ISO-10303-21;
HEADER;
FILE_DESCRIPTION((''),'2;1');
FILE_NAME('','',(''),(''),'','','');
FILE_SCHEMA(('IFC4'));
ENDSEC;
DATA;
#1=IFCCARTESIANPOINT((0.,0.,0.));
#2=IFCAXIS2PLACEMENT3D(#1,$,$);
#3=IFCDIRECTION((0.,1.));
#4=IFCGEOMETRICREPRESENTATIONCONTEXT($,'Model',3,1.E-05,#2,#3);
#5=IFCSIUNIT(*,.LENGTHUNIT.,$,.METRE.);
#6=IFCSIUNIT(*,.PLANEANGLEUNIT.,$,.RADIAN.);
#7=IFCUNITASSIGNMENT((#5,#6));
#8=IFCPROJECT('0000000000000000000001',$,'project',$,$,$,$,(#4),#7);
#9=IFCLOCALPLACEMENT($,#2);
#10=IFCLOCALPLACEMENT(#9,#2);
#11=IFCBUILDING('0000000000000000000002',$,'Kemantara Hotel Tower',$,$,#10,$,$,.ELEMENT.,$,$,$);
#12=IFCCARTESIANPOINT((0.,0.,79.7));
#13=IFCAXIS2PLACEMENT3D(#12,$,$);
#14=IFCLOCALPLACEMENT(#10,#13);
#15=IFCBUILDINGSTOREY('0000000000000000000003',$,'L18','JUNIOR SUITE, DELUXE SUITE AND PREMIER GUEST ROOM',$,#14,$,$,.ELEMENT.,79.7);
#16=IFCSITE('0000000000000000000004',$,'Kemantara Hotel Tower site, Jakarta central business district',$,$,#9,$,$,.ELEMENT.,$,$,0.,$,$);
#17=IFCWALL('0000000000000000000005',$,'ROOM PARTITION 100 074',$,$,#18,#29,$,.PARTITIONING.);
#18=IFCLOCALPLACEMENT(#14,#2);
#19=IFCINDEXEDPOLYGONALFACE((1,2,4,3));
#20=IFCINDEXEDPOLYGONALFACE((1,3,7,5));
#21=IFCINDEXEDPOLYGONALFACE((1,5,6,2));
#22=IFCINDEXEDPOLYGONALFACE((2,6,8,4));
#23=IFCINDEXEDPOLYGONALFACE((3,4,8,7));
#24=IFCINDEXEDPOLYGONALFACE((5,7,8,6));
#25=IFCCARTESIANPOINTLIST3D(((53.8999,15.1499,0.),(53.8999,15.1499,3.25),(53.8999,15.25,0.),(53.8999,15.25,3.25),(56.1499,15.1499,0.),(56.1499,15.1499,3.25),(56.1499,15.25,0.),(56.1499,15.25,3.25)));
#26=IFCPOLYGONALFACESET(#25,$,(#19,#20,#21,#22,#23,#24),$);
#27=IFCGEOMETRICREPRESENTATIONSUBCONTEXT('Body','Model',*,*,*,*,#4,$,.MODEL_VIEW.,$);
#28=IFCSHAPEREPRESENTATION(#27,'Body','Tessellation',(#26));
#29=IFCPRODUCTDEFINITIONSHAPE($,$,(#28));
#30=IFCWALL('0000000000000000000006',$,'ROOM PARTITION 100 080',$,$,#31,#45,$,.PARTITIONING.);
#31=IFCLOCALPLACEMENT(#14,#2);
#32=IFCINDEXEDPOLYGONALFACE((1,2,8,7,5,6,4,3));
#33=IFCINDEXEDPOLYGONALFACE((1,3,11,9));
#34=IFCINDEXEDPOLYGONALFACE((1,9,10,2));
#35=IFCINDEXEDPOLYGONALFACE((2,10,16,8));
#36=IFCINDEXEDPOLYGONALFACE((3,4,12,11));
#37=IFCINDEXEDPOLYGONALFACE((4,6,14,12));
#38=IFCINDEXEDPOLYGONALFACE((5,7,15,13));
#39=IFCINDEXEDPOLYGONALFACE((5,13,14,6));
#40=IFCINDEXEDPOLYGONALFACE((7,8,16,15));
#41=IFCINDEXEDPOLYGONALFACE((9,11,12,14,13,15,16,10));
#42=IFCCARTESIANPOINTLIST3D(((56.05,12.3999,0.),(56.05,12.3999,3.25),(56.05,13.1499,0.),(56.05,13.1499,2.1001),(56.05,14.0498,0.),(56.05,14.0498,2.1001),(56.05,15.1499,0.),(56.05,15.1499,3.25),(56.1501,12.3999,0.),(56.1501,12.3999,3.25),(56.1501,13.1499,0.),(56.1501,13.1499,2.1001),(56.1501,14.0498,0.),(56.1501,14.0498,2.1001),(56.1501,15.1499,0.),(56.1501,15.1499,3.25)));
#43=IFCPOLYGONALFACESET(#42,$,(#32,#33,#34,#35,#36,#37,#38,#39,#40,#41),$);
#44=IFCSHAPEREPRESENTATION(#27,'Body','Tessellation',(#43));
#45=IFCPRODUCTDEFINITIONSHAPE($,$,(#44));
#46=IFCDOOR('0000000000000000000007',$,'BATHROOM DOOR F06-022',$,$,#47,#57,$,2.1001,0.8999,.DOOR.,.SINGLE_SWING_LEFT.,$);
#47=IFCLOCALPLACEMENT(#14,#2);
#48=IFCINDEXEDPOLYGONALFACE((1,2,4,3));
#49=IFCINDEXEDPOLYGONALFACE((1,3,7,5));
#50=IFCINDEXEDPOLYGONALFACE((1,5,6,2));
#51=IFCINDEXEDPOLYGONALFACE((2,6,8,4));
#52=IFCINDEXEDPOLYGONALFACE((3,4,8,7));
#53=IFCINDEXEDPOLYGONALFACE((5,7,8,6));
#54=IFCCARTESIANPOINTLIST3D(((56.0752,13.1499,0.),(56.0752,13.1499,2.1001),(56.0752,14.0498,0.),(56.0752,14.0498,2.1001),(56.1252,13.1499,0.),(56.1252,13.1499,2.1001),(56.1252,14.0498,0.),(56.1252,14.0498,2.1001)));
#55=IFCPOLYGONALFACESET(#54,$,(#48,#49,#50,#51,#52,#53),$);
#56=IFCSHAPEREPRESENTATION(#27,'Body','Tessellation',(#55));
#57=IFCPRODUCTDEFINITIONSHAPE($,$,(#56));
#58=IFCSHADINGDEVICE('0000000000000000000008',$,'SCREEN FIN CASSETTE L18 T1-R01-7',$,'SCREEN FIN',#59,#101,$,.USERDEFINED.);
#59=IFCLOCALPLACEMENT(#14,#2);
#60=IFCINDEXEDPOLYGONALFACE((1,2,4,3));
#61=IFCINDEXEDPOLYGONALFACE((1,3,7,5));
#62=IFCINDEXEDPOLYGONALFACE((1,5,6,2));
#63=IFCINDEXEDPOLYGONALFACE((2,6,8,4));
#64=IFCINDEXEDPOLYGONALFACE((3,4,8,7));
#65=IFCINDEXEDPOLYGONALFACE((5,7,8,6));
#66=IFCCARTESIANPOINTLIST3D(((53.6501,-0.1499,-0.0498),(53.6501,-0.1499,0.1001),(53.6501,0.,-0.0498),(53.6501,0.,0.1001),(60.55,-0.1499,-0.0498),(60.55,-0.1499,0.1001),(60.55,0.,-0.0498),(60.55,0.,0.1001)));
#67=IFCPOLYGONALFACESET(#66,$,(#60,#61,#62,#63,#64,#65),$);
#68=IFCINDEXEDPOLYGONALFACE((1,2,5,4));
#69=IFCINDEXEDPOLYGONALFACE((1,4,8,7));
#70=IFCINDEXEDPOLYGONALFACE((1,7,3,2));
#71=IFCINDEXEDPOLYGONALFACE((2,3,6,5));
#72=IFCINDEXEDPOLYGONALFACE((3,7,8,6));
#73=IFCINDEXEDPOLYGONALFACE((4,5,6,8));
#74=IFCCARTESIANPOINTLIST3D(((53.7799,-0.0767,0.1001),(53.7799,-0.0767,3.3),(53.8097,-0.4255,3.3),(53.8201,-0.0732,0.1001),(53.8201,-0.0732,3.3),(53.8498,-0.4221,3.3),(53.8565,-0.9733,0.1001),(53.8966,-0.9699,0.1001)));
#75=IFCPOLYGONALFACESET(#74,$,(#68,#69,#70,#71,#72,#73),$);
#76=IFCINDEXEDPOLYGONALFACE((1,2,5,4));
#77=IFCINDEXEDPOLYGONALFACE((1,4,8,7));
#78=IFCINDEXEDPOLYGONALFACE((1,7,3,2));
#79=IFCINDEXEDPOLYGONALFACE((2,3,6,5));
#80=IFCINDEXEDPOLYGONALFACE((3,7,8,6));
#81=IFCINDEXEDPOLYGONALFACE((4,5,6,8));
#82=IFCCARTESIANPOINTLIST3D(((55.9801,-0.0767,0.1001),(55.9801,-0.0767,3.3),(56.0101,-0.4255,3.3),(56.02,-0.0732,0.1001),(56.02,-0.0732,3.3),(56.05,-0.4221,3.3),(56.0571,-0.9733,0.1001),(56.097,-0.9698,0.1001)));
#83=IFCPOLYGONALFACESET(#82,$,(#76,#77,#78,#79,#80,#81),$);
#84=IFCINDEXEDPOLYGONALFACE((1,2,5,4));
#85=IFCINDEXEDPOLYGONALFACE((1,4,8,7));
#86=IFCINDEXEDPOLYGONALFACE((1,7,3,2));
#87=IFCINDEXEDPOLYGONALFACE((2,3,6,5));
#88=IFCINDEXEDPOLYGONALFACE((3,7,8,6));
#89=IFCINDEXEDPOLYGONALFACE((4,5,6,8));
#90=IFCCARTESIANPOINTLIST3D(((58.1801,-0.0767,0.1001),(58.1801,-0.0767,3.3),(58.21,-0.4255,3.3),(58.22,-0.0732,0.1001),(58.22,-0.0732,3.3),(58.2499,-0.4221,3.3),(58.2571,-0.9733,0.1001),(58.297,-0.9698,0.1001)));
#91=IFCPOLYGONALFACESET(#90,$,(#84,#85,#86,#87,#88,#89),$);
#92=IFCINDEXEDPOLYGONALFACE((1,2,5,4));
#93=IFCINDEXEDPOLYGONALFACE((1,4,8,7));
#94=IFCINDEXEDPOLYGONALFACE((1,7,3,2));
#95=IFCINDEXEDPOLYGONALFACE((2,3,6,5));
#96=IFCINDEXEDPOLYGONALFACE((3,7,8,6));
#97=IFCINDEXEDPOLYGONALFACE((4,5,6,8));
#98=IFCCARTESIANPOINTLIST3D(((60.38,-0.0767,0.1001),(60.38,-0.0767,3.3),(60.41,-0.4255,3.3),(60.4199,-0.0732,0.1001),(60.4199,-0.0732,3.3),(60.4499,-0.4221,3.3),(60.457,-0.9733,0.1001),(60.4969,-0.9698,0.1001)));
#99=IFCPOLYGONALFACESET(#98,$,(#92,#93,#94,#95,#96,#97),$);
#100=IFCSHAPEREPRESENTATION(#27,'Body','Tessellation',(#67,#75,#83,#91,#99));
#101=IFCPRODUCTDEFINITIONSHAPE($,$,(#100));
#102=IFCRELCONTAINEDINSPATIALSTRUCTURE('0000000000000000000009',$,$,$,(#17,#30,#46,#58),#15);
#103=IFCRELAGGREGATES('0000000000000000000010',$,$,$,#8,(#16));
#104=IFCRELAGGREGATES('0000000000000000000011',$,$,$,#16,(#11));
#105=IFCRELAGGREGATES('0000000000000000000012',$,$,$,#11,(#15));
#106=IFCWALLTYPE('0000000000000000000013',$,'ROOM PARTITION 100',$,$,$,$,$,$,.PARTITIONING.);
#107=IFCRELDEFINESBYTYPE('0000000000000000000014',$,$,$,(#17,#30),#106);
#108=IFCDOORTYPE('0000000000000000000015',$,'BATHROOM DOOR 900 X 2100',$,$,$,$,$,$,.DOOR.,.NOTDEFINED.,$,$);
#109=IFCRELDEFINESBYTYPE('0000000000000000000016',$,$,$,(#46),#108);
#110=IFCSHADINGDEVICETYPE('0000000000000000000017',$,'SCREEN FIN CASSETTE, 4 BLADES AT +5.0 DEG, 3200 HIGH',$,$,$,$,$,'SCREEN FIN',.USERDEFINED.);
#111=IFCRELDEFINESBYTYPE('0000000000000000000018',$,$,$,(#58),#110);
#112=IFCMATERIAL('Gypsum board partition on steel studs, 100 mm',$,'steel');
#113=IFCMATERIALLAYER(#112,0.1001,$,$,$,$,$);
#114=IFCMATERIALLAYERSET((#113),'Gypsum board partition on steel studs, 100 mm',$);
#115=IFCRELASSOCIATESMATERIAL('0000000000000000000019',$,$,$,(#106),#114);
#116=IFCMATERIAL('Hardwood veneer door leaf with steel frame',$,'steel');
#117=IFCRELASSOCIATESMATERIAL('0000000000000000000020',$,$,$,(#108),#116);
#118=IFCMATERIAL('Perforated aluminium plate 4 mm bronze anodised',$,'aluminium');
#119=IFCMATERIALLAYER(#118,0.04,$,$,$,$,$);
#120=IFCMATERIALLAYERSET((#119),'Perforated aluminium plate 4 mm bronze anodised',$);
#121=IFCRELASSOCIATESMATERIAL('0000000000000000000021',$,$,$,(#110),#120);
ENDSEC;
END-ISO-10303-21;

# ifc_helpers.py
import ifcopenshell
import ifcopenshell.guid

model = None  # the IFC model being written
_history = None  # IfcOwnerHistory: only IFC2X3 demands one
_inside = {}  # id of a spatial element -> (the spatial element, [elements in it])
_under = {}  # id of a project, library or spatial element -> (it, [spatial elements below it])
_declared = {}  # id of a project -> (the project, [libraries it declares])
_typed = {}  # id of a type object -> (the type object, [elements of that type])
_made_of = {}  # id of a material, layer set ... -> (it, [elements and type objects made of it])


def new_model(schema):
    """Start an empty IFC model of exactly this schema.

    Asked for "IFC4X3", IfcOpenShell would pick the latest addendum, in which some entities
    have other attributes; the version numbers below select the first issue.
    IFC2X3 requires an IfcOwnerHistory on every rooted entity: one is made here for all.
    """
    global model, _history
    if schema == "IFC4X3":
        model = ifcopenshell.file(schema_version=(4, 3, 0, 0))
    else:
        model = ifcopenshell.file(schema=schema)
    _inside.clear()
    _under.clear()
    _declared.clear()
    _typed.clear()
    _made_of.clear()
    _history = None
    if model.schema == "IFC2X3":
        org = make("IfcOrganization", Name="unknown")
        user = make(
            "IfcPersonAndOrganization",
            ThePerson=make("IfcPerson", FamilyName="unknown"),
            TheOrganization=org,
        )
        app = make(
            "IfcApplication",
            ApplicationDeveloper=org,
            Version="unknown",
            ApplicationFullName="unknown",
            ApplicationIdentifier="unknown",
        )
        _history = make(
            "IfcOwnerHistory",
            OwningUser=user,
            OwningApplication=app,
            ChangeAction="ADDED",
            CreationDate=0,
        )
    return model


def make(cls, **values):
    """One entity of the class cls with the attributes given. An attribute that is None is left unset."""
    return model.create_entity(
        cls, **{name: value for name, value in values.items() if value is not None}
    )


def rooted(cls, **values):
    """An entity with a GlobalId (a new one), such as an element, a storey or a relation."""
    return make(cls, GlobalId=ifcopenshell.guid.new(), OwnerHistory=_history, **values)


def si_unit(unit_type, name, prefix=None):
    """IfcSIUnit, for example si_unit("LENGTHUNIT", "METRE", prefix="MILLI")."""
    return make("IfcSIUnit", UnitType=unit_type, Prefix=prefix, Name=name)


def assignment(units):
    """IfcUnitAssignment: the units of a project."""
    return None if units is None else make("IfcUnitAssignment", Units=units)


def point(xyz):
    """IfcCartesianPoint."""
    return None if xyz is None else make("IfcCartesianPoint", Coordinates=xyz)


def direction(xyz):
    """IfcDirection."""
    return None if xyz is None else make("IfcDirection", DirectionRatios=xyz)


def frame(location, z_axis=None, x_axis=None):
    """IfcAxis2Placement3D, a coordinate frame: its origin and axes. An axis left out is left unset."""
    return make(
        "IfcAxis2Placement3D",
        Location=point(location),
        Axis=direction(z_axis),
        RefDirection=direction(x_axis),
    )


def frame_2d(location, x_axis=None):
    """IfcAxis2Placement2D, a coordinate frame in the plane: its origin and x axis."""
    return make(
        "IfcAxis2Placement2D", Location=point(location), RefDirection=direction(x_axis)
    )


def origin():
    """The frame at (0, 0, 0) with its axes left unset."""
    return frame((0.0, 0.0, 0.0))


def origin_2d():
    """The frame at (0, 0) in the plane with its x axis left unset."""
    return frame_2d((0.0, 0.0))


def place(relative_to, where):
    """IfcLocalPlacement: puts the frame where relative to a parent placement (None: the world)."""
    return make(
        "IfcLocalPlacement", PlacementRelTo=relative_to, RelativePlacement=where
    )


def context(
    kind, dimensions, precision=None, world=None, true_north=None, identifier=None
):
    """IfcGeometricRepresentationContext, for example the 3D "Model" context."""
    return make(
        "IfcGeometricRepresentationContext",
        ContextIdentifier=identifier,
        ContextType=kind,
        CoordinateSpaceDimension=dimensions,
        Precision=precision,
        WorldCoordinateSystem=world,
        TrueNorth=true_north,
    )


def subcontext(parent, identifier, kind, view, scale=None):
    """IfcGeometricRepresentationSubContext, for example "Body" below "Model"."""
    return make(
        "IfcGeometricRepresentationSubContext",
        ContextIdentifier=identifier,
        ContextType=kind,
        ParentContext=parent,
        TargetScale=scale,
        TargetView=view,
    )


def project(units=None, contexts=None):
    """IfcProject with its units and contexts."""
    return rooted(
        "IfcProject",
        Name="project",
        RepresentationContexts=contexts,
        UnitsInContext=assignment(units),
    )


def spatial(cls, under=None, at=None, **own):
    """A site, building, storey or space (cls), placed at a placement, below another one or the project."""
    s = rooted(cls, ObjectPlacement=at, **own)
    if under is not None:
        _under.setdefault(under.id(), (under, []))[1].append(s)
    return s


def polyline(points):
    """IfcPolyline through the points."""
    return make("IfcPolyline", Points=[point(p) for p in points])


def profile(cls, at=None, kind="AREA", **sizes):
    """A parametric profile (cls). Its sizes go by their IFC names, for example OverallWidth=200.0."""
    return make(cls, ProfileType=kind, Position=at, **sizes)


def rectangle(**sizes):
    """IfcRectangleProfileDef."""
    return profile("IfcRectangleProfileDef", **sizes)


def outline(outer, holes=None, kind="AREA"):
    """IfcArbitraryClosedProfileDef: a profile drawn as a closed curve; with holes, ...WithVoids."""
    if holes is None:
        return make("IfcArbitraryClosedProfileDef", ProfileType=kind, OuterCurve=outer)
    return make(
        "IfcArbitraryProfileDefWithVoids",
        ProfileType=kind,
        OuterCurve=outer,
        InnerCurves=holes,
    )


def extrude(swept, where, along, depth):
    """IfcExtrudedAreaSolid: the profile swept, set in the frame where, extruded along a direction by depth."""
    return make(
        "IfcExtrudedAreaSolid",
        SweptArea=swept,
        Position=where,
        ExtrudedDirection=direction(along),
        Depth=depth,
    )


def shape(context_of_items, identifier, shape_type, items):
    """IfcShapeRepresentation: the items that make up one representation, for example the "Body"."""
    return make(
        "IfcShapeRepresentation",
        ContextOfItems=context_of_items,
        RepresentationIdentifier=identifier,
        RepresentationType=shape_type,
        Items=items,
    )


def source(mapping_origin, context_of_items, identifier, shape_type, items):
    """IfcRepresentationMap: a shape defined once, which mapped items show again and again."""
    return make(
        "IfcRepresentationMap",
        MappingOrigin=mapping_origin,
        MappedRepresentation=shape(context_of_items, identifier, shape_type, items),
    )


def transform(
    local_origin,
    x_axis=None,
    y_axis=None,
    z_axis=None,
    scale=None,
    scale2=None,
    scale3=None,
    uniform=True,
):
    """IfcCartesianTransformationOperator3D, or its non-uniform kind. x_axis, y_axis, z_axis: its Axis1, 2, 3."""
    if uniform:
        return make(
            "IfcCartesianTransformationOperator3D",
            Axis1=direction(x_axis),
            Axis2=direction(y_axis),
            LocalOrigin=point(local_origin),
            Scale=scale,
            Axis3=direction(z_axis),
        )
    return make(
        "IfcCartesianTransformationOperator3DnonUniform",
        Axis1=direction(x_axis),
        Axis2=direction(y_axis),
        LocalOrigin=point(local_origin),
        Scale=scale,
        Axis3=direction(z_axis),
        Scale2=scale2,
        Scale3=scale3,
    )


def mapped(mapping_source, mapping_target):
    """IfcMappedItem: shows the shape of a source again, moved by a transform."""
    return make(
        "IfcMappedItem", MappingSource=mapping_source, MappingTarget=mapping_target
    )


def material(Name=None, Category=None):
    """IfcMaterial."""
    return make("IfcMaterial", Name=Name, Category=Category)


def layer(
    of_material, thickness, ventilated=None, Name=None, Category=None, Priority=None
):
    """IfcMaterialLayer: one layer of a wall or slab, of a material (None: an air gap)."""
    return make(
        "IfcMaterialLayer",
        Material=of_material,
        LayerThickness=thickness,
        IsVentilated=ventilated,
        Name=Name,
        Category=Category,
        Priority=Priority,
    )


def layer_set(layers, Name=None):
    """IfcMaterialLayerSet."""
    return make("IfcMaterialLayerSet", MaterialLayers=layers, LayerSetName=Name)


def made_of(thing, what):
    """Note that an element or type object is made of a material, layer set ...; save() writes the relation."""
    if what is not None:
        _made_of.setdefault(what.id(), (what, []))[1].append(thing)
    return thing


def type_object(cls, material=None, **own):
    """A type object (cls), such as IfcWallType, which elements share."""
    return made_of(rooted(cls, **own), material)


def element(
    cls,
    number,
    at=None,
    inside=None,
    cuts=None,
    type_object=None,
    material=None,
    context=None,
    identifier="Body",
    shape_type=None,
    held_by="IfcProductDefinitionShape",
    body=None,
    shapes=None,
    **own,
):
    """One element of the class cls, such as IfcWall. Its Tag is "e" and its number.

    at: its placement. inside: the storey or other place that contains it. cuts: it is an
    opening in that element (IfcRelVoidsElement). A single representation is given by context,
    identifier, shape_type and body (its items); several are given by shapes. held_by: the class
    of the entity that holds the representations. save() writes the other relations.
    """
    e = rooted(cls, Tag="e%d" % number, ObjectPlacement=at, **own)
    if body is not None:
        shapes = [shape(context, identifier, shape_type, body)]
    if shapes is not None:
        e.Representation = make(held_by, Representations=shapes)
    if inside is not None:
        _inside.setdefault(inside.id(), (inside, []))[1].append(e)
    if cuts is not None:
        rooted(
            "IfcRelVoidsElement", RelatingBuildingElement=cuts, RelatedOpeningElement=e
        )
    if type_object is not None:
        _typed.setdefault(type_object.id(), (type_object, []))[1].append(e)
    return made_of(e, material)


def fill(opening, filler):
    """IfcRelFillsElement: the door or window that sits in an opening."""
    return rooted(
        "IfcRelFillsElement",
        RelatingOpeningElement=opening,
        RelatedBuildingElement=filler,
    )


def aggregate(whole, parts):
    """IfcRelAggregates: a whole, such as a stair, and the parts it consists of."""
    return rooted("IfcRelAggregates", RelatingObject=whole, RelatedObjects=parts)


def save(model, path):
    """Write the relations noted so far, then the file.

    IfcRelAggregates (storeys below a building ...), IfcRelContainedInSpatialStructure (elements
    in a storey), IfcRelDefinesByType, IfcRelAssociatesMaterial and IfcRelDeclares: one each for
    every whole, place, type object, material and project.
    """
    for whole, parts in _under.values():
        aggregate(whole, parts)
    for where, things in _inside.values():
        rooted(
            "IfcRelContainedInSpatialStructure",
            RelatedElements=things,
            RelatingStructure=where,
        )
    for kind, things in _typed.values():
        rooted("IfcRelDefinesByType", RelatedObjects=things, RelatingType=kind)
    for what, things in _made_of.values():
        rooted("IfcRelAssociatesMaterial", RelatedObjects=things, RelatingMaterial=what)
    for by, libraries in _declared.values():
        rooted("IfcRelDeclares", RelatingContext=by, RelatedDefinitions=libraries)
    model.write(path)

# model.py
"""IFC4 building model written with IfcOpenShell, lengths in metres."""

from ifc_helpers import new_model, si_unit, direction, frame, frame_2d, origin, origin_2d, place, context, subcontext, project, spatial, polyline, rectangle, outline, extrude, source, transform, mapped, material, layer, layer_set, type_object, element, fill, save


model = new_model("IFC4")

# Units and contexts
model_context = context("Model", 3, precision=1e-05, world=origin(), true_north=direction((0.0, 1.0)))
body_context = subcontext(model_context, "Body", "Model", "MODEL_VIEW")
ifc_project = project(units=[si_unit("LENGTHUNIT", "METRE"), si_unit("PLANEANGLEUNIT", "RADIAN")], contexts=[model_context])

# Site, building, storey
site_placement = place(None, origin())
site = spatial("IfcSite", under=ifc_project, at=site_placement, Name="Kemantara Hotel Tower site, Jakarta central business district", CompositionType="ELEMENT", RefElevation=0.0)
building_placement = place(site_placement, origin())
building = spatial("IfcBuilding", under=site, at=building_placement, Name="Kemantara Hotel Tower", CompositionType="ELEMENT")
storey_placement = place(building_placement, frame((0.0, 0.0, 79.7)))
storey = spatial("IfcBuildingStorey", under=building, at=storey_placement, Name="L18", Description="JUNIOR SUITE, DELUXE SUITE AND PREMIER GUEST ROOM", CompositionType="ELEMENT", Elevation=79.7)

# Shared definitions
ifc_material_1 = material(Name="Hardwood veneer door leaf with steel frame", Category="steel")

# Shared definitions
ifc_material_2 = material(Name="Gypsum board partition on steel studs, 100 mm", Category="steel")
ifc_layer_1 = layer(ifc_material_2, 0.1001)
ifc_layer_set_1 = layer_set([ifc_layer_1], Name="Gypsum board partition on steel studs, 100 mm")
wall_type_1 = type_object("IfcWallType", Name="ROOM PARTITION 100", PredefinedType="PARTITIONING", material=ifc_layer_set_1)
door_type_1 = type_object("IfcDoorType", Name="BATHROOM DOOR 900 X 2100", OperationType="NOTDEFINED", PredefinedType="DOOR", material=ifc_material_1)

# Wall
wall_1_placement = place(storey_placement, frame((53.8999, 15.2, 0.0), z_axis=(0.0, 0.0, 1.0), x_axis=(1.0, 0.0, 0.0)))
element("IfcWall", 1, at=wall_1_placement, inside=storey, type_object=wall_type_1, Name="ROOM PARTITION 100 074", PredefinedType="PARTITIONING", context=body_context, shape_type="SweptSolid", body=[
    extrude(rectangle(XDim=2.25, YDim=0.1001, at=frame_2d((1.125, 0.0))), origin(), (0.0, 0.0, 1.0), 3.25),
])

# Wall, opening, door
wall_2_placement = place(storey_placement, frame((56.1001, 12.3999, 0.0), z_axis=(0.0, 0.0, 1.0), x_axis=(0.0, 1.0, 0.0)))
wall_2 = element("IfcWall", 2, at=wall_2_placement, inside=storey, type_object=wall_type_1, Name="ROOM PARTITION 100 080", PredefinedType="PARTITIONING", context=body_context, shape_type="SweptSolid", body=[
    extrude(rectangle(XDim=2.75, YDim=0.1001, at=frame_2d((1.375, 0.0))), origin(), (0.0, 0.0, 1.0), 3.25),
])
opening_1_placement = place(wall_2_placement, frame((0.75, 0.0, 0.0)))
opening_1 = element("IfcOpeningElement", 3, at=opening_1_placement, cuts=wall_2, PredefinedType="OPENING", context=body_context, shape_type="SweptSolid", body=[
    extrude(rectangle(XDim=0.8999, YDim=2.1001, at=frame_2d((0.45, 1.05))), frame((0.0, 0.0601, 0.0), z_axis=(0.0, -1.0, 0.0), x_axis=(1.0, 0.0, 0.0)), (0.0, 0.0, 1.0), 0.1201),
])
door_1_placement = place(opening_1_placement, origin())
door_1 = element("IfcDoor", 4, at=door_1_placement, inside=storey, type_object=door_type_1, Name="BATHROOM DOOR F06-022", OperationType="SINGLE_SWING_LEFT", OverallHeight=2.1001, OverallWidth=0.8999, PredefinedType="DOOR", context=body_context, shape_type="SweptSolid", body=[
    extrude(rectangle(XDim=0.8999, YDim=2.1001, at=frame_2d((0.45, 1.05))), frame((0.0, 0.0249, 0.0), z_axis=(0.0, -1.0, 0.0), x_axis=(1.0, 0.0, 0.0)), (0.0, 0.0, 1.0), 0.05),
])
fill(opening_1, door_1)

# Shading device
ifc_material_3 = material(Name="Perforated aluminium plate 4 mm bronze anodised", Category="aluminium")
ifc_layer_2 = layer(ifc_material_3, 0.04)
ifc_layer_set_2 = layer_set([ifc_layer_2], Name="Perforated aluminium plate 4 mm bronze anodised")
shading_device_type = type_object("IfcShadingDeviceType", Name="SCREEN FIN CASSETTE, 4 BLADES AT +5.0 DEG, 3200 HIGH", ElementType="SCREEN FIN", PredefinedType="USERDEFINED", material=ifc_layer_set_2)
shared_shape = source(origin(), body_context, "Body", "SweptSolid", [
    extrude(rectangle(XDim=6.8999, YDim=0.1499, at=origin_2d()), frame((3.3, -0.075, -0.1499), z_axis=(0.0, 0.0, 1.0), x_axis=(1.0, 0.0, 0.0)), (0.0, 0.0, 1.0), 0.1499),
    extrude(outline(polyline([(0.0, 0.0), (0.8999, 0.0), (0.3501, 3.2), (0.0, 3.2), (0.0, 0.0)])), frame((0.02, -0.0732, 0.0), z_axis=(-0.996376, -0.085056, 0.0), x_axis=(0.085056, -0.996376, 0.0)), (0.0, 0.0, 1.0), 0.0403),
    extrude(outline(polyline([(0.0, 0.0), (0.8999, 0.0), (0.3501, 3.2), (0.0, 3.2), (0.0, 0.0)])), frame((2.22, -0.0732, 0.0), z_axis=(-0.996332, -0.085575, 0.0), x_axis=(0.085575, -0.996332, 0.0)), (0.0, 0.0, 1.0), 0.04),
    extrude(outline(polyline([(0.0, 0.0), (0.8999, 0.0), (0.3501, 3.2), (0.0, 3.2), (0.0, 0.0)])), frame((4.4199, -0.0732, 0.0), z_axis=(-0.996332, -0.085575, 0.0), x_axis=(0.085575, -0.996332, 0.0)), (0.0, 0.0, 1.0), 0.04),
    extrude(outline(polyline([(0.0, 0.0), (0.8999, 0.0), (0.3501, 3.2), (0.0, 3.2), (0.0, 0.0)])), frame((6.6199, -0.0732, 0.0), z_axis=(-0.996332, -0.085575, 0.0), x_axis=(0.085575, -0.996332, 0.0)), (0.0, 0.0, 1.0), 0.04),
])
shading_device_placement = place(storey_placement, frame((53.8, 0.0, 0.1001), z_axis=(0.0, 0.0, 1.0), x_axis=(1.0, 0.0, 0.0)))
element("IfcShadingDevice", 5, at=shading_device_placement, inside=storey, type_object=shading_device_type, Name="SCREEN FIN CASSETTE L18 T1-R01-7", ObjectType="SCREEN FIN", PredefinedType="USERDEFINED", context=body_context, shape_type="MappedRepresentation", body=[
    mapped(shared_shape, transform((0.0, 0.0, 0.0))),
])

save(model, "model.ifc")
